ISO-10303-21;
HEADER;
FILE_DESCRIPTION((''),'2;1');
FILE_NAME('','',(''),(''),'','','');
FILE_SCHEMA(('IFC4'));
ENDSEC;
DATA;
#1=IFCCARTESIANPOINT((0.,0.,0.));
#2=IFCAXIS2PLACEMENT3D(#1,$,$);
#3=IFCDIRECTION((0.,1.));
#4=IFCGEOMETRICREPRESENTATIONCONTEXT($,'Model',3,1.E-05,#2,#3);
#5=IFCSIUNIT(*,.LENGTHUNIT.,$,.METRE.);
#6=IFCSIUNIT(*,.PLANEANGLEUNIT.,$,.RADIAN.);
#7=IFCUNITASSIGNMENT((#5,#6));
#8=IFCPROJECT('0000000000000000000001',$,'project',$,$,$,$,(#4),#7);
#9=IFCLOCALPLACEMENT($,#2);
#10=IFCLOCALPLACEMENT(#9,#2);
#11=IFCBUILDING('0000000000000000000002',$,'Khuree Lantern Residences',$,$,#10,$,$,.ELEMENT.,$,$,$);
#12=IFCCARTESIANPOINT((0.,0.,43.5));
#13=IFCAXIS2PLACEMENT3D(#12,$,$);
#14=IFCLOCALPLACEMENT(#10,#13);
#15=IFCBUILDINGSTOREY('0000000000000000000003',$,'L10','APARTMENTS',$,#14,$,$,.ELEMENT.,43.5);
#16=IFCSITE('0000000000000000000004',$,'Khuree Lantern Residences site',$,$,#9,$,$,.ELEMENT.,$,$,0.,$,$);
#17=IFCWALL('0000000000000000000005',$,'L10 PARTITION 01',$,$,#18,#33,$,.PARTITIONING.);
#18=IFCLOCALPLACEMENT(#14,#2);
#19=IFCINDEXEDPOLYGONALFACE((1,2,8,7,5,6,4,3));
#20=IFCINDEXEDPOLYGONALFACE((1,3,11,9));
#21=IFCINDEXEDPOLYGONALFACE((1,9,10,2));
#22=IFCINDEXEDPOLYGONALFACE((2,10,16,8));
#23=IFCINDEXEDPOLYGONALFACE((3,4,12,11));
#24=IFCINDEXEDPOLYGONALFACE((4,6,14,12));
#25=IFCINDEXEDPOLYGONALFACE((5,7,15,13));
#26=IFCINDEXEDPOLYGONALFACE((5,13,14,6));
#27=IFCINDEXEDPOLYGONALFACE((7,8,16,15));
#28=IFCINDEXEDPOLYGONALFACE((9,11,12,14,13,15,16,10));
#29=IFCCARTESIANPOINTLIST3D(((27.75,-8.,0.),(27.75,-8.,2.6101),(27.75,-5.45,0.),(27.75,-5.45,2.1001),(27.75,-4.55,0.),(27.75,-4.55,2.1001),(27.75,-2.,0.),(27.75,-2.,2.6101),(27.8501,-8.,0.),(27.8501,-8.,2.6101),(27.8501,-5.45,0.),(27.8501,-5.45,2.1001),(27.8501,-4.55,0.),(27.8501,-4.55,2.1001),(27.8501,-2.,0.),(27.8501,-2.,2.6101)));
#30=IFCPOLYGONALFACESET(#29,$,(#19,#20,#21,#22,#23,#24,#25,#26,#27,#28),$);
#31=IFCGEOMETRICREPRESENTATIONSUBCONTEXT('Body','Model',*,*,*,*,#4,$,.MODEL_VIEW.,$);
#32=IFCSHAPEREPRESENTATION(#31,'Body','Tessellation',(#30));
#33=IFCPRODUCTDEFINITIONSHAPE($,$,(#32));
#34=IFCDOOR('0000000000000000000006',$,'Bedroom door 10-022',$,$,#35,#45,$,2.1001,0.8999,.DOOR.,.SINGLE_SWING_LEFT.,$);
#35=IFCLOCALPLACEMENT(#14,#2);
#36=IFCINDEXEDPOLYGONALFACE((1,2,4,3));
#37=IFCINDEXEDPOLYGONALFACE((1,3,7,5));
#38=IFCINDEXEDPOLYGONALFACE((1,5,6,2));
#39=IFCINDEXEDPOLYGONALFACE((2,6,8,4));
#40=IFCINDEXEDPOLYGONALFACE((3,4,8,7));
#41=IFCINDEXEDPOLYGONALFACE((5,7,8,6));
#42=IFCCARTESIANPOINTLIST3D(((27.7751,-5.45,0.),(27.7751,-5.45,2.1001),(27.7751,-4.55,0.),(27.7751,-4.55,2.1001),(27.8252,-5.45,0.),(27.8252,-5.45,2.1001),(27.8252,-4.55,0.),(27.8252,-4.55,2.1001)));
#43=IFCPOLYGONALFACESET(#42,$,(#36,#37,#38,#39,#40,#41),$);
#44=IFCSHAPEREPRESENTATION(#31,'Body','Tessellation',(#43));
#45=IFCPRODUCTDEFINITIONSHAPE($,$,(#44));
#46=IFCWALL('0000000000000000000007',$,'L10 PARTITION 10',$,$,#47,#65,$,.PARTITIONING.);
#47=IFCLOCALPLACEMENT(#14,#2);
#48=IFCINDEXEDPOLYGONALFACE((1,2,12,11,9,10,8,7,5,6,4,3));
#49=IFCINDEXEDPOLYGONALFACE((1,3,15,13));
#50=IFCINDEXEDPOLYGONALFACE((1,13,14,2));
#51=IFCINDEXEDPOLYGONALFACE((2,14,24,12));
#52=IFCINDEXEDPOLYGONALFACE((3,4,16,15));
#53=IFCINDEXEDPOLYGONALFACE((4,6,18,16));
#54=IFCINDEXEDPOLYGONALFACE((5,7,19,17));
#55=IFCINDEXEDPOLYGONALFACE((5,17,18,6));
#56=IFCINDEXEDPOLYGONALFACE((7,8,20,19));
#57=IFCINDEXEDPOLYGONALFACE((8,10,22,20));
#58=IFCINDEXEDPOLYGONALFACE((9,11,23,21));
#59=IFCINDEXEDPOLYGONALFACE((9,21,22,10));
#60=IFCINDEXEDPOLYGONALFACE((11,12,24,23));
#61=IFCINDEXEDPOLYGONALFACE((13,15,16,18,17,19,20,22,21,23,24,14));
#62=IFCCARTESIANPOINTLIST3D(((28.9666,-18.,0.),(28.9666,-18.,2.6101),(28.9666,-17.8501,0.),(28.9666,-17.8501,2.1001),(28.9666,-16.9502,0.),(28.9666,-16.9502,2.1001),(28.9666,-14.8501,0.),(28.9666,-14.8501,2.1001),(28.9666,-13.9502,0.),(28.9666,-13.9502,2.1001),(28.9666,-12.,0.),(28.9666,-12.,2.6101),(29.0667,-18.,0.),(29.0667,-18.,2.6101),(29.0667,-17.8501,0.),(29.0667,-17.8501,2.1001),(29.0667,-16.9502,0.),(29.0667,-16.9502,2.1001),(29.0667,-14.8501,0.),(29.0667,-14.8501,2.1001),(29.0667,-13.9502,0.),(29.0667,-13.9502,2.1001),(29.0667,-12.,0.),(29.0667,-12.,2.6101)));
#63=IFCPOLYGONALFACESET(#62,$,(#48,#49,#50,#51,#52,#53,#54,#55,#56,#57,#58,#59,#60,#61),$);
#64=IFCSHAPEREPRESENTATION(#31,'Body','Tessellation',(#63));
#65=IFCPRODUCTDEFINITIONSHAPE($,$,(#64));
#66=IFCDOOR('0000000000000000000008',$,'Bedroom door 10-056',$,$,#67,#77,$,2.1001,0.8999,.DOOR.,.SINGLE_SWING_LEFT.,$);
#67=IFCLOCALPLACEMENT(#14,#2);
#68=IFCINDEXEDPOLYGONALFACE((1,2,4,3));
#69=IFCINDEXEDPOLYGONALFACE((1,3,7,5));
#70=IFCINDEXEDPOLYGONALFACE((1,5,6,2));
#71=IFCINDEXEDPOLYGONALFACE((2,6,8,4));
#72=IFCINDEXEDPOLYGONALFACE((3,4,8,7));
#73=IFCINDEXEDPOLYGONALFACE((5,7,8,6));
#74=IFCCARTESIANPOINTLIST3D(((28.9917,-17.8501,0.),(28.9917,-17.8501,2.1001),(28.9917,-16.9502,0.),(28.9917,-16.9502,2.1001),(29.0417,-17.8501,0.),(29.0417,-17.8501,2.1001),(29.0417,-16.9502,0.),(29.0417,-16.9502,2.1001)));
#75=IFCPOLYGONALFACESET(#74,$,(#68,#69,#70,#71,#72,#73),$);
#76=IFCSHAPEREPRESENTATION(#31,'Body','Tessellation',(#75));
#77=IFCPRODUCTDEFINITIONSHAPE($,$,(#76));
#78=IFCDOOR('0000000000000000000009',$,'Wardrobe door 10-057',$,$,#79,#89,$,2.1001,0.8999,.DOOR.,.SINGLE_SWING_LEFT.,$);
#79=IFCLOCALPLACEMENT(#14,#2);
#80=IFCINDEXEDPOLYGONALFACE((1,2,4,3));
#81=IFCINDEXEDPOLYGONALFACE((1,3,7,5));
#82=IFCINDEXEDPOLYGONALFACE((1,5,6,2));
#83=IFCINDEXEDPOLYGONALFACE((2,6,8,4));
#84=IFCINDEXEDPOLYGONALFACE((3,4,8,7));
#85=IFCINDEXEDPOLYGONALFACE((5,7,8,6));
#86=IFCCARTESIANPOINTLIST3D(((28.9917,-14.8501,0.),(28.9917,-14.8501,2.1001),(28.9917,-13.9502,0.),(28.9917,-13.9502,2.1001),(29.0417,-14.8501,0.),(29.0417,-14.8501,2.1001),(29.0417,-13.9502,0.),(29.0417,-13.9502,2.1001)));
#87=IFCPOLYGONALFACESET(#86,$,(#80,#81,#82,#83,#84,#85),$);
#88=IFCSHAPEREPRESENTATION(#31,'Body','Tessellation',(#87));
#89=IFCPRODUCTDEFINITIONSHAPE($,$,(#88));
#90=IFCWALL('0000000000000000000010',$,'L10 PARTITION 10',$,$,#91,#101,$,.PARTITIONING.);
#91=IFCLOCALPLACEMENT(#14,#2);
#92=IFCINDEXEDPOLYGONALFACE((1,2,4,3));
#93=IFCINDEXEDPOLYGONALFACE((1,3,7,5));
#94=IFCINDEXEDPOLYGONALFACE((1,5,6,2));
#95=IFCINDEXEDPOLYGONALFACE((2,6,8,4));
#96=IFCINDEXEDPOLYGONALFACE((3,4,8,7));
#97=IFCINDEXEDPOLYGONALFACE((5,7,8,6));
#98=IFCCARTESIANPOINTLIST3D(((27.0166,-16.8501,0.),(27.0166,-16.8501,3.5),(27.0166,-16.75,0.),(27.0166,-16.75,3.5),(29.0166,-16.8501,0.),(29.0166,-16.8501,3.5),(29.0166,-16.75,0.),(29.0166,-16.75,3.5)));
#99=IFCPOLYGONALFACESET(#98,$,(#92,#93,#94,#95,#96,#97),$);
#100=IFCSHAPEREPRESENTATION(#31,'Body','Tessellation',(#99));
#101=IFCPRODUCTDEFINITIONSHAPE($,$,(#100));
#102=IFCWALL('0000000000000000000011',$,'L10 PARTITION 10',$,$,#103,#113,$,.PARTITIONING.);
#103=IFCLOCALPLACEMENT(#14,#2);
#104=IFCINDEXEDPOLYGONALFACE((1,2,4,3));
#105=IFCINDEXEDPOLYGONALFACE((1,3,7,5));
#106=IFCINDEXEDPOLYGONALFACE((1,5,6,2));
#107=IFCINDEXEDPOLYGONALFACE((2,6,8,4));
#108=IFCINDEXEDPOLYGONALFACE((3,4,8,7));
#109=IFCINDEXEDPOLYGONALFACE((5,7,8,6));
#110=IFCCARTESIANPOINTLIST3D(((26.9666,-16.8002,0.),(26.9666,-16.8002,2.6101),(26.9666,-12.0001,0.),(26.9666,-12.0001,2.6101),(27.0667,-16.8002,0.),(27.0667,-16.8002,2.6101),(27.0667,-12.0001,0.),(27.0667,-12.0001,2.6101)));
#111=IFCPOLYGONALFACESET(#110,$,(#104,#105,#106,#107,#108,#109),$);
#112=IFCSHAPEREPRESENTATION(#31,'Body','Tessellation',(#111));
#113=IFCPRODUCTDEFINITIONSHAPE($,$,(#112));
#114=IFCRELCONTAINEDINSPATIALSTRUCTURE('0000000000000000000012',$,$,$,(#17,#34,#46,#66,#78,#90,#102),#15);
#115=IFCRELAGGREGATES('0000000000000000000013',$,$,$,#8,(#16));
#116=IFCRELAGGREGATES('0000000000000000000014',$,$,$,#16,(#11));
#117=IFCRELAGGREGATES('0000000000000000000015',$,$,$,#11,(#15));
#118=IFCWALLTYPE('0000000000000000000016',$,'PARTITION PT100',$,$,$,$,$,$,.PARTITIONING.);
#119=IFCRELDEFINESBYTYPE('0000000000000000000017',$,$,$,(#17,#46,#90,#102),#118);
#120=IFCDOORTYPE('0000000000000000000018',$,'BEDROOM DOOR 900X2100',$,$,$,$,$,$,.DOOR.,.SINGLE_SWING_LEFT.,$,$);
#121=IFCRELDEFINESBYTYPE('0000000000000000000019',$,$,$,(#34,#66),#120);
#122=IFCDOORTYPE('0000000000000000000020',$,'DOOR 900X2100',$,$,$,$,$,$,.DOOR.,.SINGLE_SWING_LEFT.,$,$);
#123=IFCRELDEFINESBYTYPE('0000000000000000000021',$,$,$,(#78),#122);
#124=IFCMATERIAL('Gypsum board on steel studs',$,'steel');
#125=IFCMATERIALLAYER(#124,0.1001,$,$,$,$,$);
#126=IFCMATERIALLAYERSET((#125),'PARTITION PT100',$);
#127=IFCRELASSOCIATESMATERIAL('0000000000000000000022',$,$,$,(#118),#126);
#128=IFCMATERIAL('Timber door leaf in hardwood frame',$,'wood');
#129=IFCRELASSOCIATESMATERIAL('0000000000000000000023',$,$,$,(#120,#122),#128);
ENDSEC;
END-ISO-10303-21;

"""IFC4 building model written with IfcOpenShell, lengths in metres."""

from ifc_helpers import new_model, si_unit, direction, frame, frame_2d, origin, place, context, subcontext, project, spatial, rectangle, extrude, material, layer, layer_set, type_object, element, fill, save


model = new_model("IFC4")

# Units and contexts
model_context = context("Model", 3, precision=1e-05, world=origin(), true_north=direction((0.0, 1.0)))
body_context = subcontext(model_context, "Body", "Model", "MODEL_VIEW")
ifc_project = project(units=[si_unit("LENGTHUNIT", "METRE"), si_unit("PLANEANGLEUNIT", "RADIAN")], contexts=[model_context])

# Site, building, storey
site_placement = place(None, origin())
site = spatial("IfcSite", under=ifc_project, at=site_placement, Name="Khuree Lantern Residences site", CompositionType="ELEMENT", RefElevation=0.0)
building_placement = place(site_placement, origin())
building = spatial("IfcBuilding", under=site, at=building_placement, Name="Khuree Lantern Residences", CompositionType="ELEMENT")
storey_placement = place(building_placement, frame((0.0, 0.0, 43.5)))
storey = spatial("IfcBuildingStorey", under=building, at=storey_placement, Name="L10", Description="APARTMENTS", CompositionType="ELEMENT", Elevation=43.5)

# Shared definitions
ifc_material_1 = material(Name="Timber door leaf in hardwood frame", Category="wood")

# Shared definitions
ifc_material_2 = material(Name="Gypsum board on steel studs", Category="steel")
ifc_layer_1 = layer(ifc_material_2, 0.1001)
ifc_layer_set_1 = layer_set([ifc_layer_1], Name="PARTITION PT100")
wall_type_1 = type_object("IfcWallType", Name="PARTITION PT100", PredefinedType="PARTITIONING", material=ifc_layer_set_1)

# Wall, opening, door
wall_1_placement = place(storey_placement, frame((27.8, -8.0, 0.0), z_axis=(0.0, 0.0, 1.0), x_axis=(0.0, 1.0, 0.0)))
wall_1 = element("IfcWall", 1, at=wall_1_placement, inside=storey, type_object=wall_type_1, Name="L10 PARTITION 01", PredefinedType="PARTITIONING", context=body_context, shape_type="SweptSolid", body=[
    extrude(rectangle(XDim=6.0, YDim=0.1001, at=frame_2d((3.0, 0.0))), origin(), (0.0, 0.0, 1.0), 2.6101),
])
opening_1_placement = place(wall_1_placement, frame((2.55, 0.0, 0.0)))
opening_1 = element("IfcOpeningElement", 2, at=opening_1_placement, cuts=wall_1, PredefinedType="OPENING", context=body_context, shape_type="SweptSolid", body=[
    extrude(rectangle(XDim=0.8999, YDim=2.1001, at=frame_2d((0.45, 1.05))), frame((0.0, 0.0601, 0.0), z_axis=(0.0, -1.0, 0.0), x_axis=(1.0, 0.0, 0.0)), (0.0, 0.0, 1.0), 0.1201),
])
door_type_1 = type_object("IfcDoorType", Name="BEDROOM DOOR 900X2100", OperationType="SINGLE_SWING_LEFT", PredefinedType="DOOR", material=ifc_material_1)
door_1_placement = place(opening_1_placement, origin())
door_1 = element("IfcDoor", 3, at=door_1_placement, inside=storey, type_object=door_type_1, Name="Bedroom door 10-022", OperationType="SINGLE_SWING_LEFT", OverallHeight=2.1001, OverallWidth=0.8999, PredefinedType="DOOR", context=body_context, shape_type="SweptSolid", body=[
    extrude(rectangle(XDim=0.8999, YDim=2.1001, at=frame_2d((0.45, 1.05))), frame((0.0, 0.0249, 0.0), z_axis=(0.0, -1.0, 0.0), x_axis=(1.0, 0.0, 0.0)), (0.0, 0.0, 1.0), 0.05),
])
fill(opening_1, door_1)

# Wall, openings, doors
wall_2_placement = place(storey_placement, frame((29.0166, -18.0, 0.0), z_axis=(0.0, 0.0, 1.0), x_axis=(0.0, 1.0, 0.0)))
wall_2 = element("IfcWall", 4, at=wall_2_placement, inside=storey, type_object=wall_type_1, Name="L10 PARTITION 10", PredefinedType="PARTITIONING", context=body_context, shape_type="SweptSolid", body=[
    extrude(rectangle(XDim=6.0, YDim=0.1001, at=frame_2d((3.0, 0.0))), origin(), (0.0, 0.0, 1.0), 2.6101),
])
opening_2_placement = place(wall_2_placement, frame((0.1499, 0.0, 0.0)))
opening_2 = element("IfcOpeningElement", 5, at=opening_2_placement, cuts=wall_2, PredefinedType="OPENING", context=body_context, shape_type="SweptSolid", body=[
    extrude(rectangle(XDim=0.8999, YDim=2.1001, at=frame_2d((0.45, 1.05))), frame((0.0, 0.0601, 0.0), z_axis=(0.0, -1.0, 0.0), x_axis=(1.0, 0.0, 0.0)), (0.0, 0.0, 1.0), 0.1201),
])
opening_3_placement = place(wall_2_placement, frame((3.1499, 0.0, 0.0)))
opening_3 = element("IfcOpeningElement", 6, at=opening_3_placement, cuts=wall_2, PredefinedType="OPENING", context=body_context, shape_type="SweptSolid", body=[
    extrude(rectangle(XDim=0.8999, YDim=2.1001, at=frame_2d((0.45, 1.05))), frame((0.0, 0.0601, 0.0), z_axis=(0.0, -1.0, 0.0), x_axis=(1.0, 0.0, 0.0)), (0.0, 0.0, 1.0), 0.1201),
])
door_2_placement = place(opening_2_placement, origin())
door_2 = element("IfcDoor", 7, at=door_2_placement, inside=storey, type_object=door_type_1, Name="Bedroom door 10-056", OperationType="SINGLE_SWING_LEFT", OverallHeight=2.1001, OverallWidth=0.8999, PredefinedType="DOOR", context=body_context, shape_type="SweptSolid", body=[
    extrude(rectangle(XDim=0.8999, YDim=2.1001, at=frame_2d((0.45, 1.05))), frame((0.0, 0.0249, 0.0), z_axis=(0.0, -1.0, 0.0), x_axis=(1.0, 0.0, 0.0)), (0.0, 0.0, 1.0), 0.05),
])
fill(opening_2, door_2)
door_type_2 = type_object("IfcDoorType", Name="DOOR 900X2100", OperationType="SINGLE_SWING_LEFT", PredefinedType="DOOR", material=ifc_material_1)
door_3_placement = place(opening_3_placement, origin())
door_3 = element("IfcDoor", 8, at=door_3_placement, inside=storey, type_object=door_type_2, Name="Wardrobe door 10-057", OperationType="SINGLE_SWING_LEFT", OverallHeight=2.1001, OverallWidth=0.8999, PredefinedType="DOOR", context=body_context, shape_type="SweptSolid", body=[
    extrude(rectangle(XDim=0.8999, YDim=2.1001, at=frame_2d((0.45, 1.05))), frame((0.0, 0.0249, 0.0), z_axis=(0.0, -1.0, 0.0), x_axis=(1.0, 0.0, 0.0)), (0.0, 0.0, 1.0), 0.05),
])
fill(opening_3, door_3)

# Walls
wall_3_placement = place(storey_placement, frame((27.0166, -16.8, 0.0), z_axis=(0.0, 0.0, 1.0), x_axis=(1.0, 0.0, 0.0)))
element("IfcWall", 9, at=wall_3_placement, inside=storey, type_object=wall_type_1, Name="L10 PARTITION 10", PredefinedType="PARTITIONING", context=body_context, shape_type="SweptSolid", body=[
    extrude(rectangle(XDim=2.0, YDim=0.1001, at=frame_2d((1.0, 0.0))), origin(), (0.0, 0.0, 1.0), 3.5),
])
wall_4_placement = place(storey_placement, frame((27.0166, -16.8, 0.0), z_axis=(0.0, 0.0, 1.0), x_axis=(0.0, 1.0, 0.0)))
element("IfcWall", 10, at=wall_4_placement, inside=storey, type_object=wall_type_1, Name="L10 PARTITION 10", PredefinedType="PARTITIONING", context=body_context, shape_type="SweptSolid", body=[
    extrude(rectangle(XDim=4.8, YDim=0.1001, at=frame_2d((2.3999, 0.0))), origin(), (0.0, 0.0, 1.0), 2.6101),
])

save(model, "model.ifc")
